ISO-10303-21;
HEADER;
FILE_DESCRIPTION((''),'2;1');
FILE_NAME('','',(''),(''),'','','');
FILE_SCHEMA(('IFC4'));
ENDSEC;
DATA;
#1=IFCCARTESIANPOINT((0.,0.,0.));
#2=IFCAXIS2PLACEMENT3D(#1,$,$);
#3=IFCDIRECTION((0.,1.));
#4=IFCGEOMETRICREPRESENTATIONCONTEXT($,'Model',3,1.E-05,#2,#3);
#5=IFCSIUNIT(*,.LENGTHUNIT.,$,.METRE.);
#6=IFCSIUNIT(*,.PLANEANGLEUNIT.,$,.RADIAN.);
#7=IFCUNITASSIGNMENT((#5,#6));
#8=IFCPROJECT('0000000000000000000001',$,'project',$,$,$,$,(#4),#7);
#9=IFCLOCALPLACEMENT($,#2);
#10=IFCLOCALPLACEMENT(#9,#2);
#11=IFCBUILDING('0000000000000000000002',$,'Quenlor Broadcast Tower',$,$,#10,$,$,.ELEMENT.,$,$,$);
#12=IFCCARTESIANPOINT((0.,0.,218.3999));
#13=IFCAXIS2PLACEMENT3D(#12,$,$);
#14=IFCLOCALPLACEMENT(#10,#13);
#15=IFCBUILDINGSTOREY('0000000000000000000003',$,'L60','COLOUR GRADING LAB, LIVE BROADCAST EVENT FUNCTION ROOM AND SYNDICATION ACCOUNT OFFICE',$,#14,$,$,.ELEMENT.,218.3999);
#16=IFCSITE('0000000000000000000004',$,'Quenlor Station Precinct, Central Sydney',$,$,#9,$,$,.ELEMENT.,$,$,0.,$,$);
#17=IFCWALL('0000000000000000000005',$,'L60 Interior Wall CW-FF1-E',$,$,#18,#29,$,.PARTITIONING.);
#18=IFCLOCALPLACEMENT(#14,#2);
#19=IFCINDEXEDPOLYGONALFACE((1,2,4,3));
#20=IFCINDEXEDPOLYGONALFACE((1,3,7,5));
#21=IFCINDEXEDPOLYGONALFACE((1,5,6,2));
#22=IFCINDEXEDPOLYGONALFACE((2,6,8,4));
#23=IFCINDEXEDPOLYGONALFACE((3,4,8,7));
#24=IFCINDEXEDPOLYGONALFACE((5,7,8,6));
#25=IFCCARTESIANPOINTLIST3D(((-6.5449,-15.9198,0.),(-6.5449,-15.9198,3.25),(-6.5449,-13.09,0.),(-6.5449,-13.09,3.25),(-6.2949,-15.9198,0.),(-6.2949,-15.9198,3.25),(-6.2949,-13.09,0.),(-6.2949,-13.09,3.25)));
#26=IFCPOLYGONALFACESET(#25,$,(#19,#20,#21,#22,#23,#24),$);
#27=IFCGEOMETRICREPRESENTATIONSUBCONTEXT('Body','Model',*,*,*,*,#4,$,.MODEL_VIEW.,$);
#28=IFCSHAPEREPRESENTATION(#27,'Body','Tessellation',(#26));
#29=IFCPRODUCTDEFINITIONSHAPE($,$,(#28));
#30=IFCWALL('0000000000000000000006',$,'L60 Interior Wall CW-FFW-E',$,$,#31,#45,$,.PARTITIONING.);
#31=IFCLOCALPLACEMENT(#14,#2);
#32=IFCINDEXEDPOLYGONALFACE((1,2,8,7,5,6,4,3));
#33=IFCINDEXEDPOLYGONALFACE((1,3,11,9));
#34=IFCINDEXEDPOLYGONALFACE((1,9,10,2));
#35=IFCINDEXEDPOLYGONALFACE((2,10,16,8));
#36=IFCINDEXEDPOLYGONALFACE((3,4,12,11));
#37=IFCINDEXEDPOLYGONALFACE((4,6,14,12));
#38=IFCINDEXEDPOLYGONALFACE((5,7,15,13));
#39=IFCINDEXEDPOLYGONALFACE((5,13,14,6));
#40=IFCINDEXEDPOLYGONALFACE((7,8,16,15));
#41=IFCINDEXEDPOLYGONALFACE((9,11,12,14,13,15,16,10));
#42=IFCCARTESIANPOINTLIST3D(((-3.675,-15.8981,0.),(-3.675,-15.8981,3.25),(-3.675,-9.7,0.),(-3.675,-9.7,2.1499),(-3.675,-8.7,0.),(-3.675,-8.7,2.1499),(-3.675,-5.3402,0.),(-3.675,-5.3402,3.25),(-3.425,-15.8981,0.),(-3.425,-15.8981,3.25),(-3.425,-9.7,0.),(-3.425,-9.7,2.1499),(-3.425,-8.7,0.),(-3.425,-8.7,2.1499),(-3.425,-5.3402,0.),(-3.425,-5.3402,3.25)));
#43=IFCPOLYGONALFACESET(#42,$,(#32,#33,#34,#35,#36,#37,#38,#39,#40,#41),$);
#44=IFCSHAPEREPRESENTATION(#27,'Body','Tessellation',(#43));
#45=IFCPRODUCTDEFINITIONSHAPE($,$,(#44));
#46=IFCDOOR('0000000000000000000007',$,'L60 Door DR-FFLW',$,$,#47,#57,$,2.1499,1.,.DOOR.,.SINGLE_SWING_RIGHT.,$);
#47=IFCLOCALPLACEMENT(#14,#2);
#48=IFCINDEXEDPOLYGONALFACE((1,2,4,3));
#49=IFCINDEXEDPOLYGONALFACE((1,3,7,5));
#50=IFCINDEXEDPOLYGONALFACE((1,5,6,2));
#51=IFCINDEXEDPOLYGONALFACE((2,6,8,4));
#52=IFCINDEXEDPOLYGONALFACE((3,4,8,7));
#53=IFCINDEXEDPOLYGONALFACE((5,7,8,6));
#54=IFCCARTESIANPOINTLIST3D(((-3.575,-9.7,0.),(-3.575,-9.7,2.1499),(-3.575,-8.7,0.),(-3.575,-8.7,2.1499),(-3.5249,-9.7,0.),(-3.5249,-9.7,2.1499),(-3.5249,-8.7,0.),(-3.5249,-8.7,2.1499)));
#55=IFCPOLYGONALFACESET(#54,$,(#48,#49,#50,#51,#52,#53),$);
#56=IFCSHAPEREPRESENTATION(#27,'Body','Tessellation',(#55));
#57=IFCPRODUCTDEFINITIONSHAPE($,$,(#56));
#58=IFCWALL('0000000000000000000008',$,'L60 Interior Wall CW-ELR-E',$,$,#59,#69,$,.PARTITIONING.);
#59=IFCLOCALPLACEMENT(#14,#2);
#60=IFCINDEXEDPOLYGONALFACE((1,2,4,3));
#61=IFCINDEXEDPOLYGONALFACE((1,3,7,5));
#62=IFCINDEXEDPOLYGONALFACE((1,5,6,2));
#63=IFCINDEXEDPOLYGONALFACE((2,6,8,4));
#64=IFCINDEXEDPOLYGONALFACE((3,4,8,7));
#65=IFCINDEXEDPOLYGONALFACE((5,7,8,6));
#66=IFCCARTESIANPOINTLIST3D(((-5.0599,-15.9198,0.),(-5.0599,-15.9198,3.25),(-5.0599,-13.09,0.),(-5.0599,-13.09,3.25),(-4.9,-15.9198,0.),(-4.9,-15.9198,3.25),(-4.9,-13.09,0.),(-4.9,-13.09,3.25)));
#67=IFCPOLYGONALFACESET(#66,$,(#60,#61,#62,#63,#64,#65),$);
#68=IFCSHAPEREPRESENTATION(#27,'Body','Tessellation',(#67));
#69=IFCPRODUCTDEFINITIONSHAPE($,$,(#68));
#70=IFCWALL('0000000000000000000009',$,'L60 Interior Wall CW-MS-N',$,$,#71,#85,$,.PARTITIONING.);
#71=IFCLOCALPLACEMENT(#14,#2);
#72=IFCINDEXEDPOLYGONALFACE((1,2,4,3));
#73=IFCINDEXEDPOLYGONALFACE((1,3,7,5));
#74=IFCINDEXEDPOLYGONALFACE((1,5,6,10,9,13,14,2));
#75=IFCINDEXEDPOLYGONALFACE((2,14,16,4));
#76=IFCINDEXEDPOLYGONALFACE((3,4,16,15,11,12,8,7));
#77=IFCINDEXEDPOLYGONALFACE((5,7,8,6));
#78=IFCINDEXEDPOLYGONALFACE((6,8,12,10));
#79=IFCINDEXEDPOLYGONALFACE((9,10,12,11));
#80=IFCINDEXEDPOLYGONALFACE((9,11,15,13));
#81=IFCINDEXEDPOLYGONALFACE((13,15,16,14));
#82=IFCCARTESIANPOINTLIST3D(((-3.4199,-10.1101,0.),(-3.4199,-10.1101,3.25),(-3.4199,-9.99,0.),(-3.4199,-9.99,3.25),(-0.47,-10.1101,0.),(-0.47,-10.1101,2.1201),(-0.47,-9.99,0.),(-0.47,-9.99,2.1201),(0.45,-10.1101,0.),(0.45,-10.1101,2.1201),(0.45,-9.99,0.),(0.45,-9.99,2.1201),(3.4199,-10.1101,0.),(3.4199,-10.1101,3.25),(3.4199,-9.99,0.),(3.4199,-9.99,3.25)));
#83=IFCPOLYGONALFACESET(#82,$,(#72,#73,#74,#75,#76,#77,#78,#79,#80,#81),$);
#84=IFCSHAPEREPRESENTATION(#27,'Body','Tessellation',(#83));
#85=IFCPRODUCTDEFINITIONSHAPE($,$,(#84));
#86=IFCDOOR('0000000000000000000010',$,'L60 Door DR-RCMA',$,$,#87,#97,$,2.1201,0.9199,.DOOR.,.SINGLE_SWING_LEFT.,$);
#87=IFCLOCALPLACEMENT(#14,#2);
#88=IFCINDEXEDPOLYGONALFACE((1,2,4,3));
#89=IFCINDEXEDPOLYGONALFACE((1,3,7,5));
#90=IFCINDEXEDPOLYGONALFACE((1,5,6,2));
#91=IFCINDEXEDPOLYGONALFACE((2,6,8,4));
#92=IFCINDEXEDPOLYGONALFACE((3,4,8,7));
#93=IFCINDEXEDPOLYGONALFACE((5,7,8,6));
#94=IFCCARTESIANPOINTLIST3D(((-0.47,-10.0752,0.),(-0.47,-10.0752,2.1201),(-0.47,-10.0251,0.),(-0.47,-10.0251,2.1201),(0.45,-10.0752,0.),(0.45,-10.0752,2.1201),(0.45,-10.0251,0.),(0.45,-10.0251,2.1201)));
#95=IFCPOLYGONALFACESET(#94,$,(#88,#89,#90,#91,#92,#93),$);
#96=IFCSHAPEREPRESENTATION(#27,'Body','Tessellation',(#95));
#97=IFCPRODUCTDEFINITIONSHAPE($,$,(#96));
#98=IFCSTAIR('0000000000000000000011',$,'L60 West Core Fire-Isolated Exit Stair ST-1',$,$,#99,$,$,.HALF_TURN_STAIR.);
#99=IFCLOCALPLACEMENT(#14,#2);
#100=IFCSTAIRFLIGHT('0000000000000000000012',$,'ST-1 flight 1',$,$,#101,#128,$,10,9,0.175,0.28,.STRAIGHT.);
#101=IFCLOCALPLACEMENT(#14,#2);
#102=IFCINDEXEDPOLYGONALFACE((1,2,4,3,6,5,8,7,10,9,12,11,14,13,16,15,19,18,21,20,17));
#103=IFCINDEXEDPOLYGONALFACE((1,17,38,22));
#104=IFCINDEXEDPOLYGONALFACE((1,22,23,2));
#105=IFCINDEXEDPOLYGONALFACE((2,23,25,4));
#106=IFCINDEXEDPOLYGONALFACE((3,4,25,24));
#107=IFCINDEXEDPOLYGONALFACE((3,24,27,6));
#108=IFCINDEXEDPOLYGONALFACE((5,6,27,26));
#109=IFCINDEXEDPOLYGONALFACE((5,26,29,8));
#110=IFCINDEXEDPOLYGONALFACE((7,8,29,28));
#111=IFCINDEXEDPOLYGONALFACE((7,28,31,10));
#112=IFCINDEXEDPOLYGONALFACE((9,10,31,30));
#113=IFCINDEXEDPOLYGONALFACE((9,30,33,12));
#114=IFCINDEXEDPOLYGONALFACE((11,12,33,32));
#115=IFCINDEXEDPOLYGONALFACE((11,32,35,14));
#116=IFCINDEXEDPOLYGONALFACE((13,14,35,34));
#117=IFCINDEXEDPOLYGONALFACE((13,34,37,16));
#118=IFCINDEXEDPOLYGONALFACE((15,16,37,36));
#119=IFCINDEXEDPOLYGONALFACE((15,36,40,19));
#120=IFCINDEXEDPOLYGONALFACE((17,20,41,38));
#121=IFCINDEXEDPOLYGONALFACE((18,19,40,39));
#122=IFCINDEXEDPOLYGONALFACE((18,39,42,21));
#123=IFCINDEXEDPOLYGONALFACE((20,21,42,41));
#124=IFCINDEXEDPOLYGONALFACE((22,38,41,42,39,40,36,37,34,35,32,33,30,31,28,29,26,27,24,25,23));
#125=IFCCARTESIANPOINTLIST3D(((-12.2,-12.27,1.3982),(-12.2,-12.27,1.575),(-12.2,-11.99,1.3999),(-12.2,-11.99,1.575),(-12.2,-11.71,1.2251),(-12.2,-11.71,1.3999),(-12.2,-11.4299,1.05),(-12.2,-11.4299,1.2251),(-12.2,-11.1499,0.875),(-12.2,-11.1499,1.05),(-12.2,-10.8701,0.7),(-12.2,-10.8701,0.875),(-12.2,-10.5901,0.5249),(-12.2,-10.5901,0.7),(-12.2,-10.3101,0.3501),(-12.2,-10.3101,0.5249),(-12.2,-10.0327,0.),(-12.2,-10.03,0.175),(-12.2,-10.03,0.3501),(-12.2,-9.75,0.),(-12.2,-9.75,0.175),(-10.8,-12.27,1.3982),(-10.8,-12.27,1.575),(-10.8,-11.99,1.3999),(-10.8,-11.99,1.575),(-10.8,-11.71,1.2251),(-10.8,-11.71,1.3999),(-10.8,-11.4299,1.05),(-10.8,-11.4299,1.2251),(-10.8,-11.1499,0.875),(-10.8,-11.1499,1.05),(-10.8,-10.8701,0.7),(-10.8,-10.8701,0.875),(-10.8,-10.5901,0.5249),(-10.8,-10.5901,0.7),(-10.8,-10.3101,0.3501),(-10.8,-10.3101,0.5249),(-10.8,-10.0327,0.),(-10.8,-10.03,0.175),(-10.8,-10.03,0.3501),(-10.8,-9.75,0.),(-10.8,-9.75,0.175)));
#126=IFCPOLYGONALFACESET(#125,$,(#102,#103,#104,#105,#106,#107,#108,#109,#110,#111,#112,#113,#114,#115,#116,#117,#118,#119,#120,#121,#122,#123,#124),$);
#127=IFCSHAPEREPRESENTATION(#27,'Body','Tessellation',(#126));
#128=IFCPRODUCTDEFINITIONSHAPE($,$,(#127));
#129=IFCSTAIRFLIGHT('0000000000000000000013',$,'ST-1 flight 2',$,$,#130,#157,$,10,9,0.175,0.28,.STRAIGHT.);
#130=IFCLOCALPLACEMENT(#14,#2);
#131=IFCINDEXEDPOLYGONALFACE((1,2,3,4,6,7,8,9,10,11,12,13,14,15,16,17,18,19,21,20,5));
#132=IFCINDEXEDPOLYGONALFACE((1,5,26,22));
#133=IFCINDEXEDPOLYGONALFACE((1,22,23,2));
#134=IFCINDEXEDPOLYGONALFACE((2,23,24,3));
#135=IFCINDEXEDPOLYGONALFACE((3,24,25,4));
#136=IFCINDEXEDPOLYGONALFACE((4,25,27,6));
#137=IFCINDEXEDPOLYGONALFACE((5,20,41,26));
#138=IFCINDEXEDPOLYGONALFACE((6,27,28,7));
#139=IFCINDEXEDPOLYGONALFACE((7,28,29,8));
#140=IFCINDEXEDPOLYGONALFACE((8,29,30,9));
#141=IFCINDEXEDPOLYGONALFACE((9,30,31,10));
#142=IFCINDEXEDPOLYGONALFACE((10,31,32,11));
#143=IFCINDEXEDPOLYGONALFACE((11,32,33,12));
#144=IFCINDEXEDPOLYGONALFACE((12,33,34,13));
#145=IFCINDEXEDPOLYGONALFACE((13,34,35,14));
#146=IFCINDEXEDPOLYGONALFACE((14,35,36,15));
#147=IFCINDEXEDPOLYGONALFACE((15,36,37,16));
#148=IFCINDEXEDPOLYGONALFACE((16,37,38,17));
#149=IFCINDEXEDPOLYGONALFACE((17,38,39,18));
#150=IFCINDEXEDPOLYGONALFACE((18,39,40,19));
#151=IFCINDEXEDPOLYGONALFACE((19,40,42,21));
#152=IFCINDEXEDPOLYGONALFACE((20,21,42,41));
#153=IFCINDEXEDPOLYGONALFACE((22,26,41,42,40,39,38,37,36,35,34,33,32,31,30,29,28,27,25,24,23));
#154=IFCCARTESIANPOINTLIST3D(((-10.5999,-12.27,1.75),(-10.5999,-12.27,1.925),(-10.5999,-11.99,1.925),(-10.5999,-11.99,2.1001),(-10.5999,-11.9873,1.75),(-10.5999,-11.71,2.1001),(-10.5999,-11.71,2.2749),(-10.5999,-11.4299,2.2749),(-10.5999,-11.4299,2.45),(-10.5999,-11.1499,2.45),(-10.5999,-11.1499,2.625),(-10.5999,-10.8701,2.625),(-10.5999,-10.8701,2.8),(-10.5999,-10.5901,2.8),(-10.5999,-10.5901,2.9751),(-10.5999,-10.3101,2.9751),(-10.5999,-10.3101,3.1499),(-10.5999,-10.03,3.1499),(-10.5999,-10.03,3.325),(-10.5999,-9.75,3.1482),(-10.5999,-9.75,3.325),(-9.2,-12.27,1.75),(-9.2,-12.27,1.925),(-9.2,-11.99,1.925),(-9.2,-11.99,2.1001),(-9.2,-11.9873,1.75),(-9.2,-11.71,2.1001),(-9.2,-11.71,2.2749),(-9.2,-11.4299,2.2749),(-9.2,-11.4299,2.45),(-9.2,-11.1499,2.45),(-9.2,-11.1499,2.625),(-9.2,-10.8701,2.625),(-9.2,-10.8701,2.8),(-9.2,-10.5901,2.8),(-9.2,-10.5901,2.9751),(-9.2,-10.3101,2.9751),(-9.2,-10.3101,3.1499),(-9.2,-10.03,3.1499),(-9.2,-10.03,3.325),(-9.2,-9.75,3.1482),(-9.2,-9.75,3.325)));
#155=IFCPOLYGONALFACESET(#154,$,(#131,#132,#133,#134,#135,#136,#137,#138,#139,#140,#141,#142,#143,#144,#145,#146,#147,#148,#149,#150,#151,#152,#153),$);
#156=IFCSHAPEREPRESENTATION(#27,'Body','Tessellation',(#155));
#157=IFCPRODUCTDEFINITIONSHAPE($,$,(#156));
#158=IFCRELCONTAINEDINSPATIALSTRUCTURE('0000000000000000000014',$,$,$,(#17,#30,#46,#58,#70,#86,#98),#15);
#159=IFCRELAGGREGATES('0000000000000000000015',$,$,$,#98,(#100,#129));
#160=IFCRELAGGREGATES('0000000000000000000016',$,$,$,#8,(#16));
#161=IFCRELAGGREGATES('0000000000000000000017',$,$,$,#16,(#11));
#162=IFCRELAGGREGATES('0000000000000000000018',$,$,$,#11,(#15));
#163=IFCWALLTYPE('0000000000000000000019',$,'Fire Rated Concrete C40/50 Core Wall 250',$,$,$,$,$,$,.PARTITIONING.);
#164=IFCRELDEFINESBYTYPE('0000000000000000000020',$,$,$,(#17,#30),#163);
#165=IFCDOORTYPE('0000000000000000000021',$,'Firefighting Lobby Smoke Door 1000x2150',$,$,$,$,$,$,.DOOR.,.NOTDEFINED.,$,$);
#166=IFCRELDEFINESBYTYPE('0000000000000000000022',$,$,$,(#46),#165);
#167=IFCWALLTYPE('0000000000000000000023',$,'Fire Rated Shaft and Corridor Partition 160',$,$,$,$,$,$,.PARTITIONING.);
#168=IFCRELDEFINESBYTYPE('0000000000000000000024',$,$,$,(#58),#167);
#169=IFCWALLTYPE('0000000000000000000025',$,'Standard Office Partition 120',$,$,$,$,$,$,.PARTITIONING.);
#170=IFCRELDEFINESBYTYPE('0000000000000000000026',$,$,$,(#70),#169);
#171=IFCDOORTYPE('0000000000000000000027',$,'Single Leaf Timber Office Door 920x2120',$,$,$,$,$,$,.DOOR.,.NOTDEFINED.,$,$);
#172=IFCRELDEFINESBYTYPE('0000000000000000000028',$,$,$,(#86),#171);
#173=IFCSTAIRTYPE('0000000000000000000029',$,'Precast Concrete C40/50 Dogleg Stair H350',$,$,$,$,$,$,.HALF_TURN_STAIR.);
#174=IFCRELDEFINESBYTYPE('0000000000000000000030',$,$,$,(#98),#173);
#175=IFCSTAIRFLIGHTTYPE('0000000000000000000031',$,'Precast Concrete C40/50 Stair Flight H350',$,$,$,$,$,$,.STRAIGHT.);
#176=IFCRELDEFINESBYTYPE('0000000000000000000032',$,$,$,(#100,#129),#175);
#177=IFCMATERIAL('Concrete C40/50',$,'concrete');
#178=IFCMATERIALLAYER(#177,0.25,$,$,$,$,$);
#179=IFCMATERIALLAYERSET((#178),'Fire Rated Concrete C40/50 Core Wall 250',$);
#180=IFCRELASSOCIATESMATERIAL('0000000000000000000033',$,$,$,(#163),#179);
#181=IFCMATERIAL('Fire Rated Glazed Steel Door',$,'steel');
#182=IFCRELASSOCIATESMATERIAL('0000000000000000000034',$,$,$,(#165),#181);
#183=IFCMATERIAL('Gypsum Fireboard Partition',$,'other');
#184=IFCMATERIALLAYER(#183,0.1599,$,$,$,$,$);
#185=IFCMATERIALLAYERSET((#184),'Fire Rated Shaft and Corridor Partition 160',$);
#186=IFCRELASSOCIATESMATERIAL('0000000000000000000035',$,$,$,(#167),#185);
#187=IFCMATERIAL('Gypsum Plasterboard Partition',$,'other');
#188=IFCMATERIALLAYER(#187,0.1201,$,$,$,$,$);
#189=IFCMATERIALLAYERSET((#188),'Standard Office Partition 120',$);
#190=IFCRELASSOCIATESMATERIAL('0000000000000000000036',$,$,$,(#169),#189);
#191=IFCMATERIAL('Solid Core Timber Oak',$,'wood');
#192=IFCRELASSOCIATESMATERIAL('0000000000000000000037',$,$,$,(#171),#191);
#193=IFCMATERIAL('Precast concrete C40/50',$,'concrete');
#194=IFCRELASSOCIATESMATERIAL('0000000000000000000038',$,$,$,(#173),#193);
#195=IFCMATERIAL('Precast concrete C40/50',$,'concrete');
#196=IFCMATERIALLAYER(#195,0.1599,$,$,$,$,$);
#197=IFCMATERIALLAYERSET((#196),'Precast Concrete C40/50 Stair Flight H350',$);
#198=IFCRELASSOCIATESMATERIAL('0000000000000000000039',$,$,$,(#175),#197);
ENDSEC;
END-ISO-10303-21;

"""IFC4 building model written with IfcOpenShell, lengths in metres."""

from ifc_helpers import new_model, si_unit, direction, frame, frame_2d, origin, place, context, subcontext, project, spatial, polyline, rectangle, outline, extrude, material, layer, layer_set, type_object, element, fill, aggregate, save


model = new_model("IFC4")

# Units and contexts
model_context = context("Model", 3, precision=1e-05, world=origin(), true_north=direction((0.0, 1.0)))
body_context = subcontext(model_context, "Body", "Model", "MODEL_VIEW")
ifc_project = project(units=[si_unit("LENGTHUNIT", "METRE"), si_unit("PLANEANGLEUNIT", "RADIAN")], contexts=[model_context])

# Site, building, storey
site_placement = place(None, origin())
site = spatial("IfcSite", under=ifc_project, at=site_placement, Name="Quenlor Station Precinct, Central Sydney", CompositionType="ELEMENT", RefElevation=0.0)
building_placement = place(site_placement, origin())
building = spatial("IfcBuilding", under=site, at=building_placement, Name="Quenlor Broadcast Tower", CompositionType="ELEMENT")
storey_placement = place(building_placement, frame((0.0, 0.0, 218.3999)))
storey = spatial("IfcBuildingStorey", under=building, at=storey_placement, Name="L60", Description="COLOUR GRADING LAB, LIVE BROADCAST EVENT FUNCTION ROOM AND SYNDICATION ACCOUNT OFFICE", CompositionType="ELEMENT", Elevation=218.3999)

# Shared definitions
ifc_material_1 = material(Name="Concrete C40/50", Category="concrete")
ifc_layer_1 = layer(ifc_material_1, 0.25)
ifc_layer_set_1 = layer_set([ifc_layer_1], Name="Fire Rated Concrete C40/50 Core Wall 250")
wall_type_1 = type_object("IfcWallType", Name="Fire Rated Concrete C40/50 Core Wall 250", PredefinedType="PARTITIONING", material=ifc_layer_set_1)

# Wall
wall_1_placement = place(storey_placement, frame((-6.4199, -15.9199, 0.0), z_axis=(0.0, 0.0, 1.0), x_axis=(0.0, 1.0, 0.0)))
element("IfcWall", 1, at=wall_1_placement, inside=storey, type_object=wall_type_1, Name="L60 Interior Wall CW-FF1-E", PredefinedType="PARTITIONING", context=body_context, shape_type="SweptSolid", body=[
    extrude(rectangle(XDim=2.8298, YDim=0.25, at=frame_2d((1.415, 0.0))), origin(), (0.0, 0.0, 1.0), 3.25),
])

# Wall, opening, door
wall_2_placement = place(storey_placement, frame((-3.55, -15.8979, 0.0), z_axis=(0.0, 0.0, 1.0), x_axis=(0.0, 1.0, 0.0)))
wall_2 = element("IfcWall", 2, at=wall_2_placement, inside=storey, type_object=wall_type_1, Name="L60 Interior Wall CW-FFW-E", PredefinedType="PARTITIONING", context=body_context, shape_type="SweptSolid", body=[
    extrude(rectangle(XDim=10.5579, YDim=0.25, at=frame_2d((5.2788, 0.0))), origin(), (0.0, 0.0, 1.0), 3.25),
])
opening_1_placement = place(wall_2_placement, frame((6.198, 0.0, 0.0)))
opening_1 = element("IfcOpeningElement", 3, at=opening_1_placement, cuts=wall_2, PredefinedType="OPENING", context=body_context, shape_type="SweptSolid", body=[
    extrude(rectangle(XDim=1.0, YDim=2.1499, at=frame_2d((0.5, 1.075))), frame((0.0, 0.135, 0.0), z_axis=(0.0, -1.0, 0.0), x_axis=(1.0, 0.0, 0.0)), (0.0, 0.0, 1.0), 0.27),
])
ifc_material_2 = material(Name="Fire Rated Glazed Steel Door", Category="steel")
door_type_1 = type_object("IfcDoorType", Name="Firefighting Lobby Smoke Door 1000x2150", OperationType="NOTDEFINED", PredefinedType="DOOR", material=ifc_material_2)
door_1_placement = place(opening_1_placement, origin())
door_1 = element("IfcDoor", 4, at=door_1_placement, inside=storey, type_object=door_type_1, Name="L60 Door DR-FFLW", OperationType="SINGLE_SWING_RIGHT", OverallHeight=2.1499, OverallWidth=1.0, PredefinedType="DOOR", context=body_context, shape_type="SweptSolid", body=[
    extrude(rectangle(XDim=1.0, YDim=2.1499, at=frame_2d((0.5, 1.075))), frame((0.0, 0.0249, 0.0), z_axis=(0.0, -1.0, 0.0), x_axis=(1.0, 0.0, 0.0)), (0.0, 0.0, 1.0), 0.05),
])
fill(opening_1, door_1)

# Wall
ifc_material_3 = material(Name="Gypsum Fireboard Partition", Category="other")
ifc_layer_2 = layer(ifc_material_3, 0.1599)
ifc_layer_set_2 = layer_set([ifc_layer_2], Name="Fire Rated Shaft and Corridor Partition 160")
wall_type_2 = type_object("IfcWallType", Name="Fire Rated Shaft and Corridor Partition 160", PredefinedType="PARTITIONING", material=ifc_layer_set_2)
wall_3_placement = place(storey_placement, frame((-4.98, -15.9199, 0.0), z_axis=(0.0, 0.0, 1.0), x_axis=(0.0, 1.0, 0.0)))
element("IfcWall", 5, at=wall_3_placement, inside=storey, type_object=wall_type_2, Name="L60 Interior Wall CW-ELR-E", PredefinedType="PARTITIONING", context=body_context, shape_type="SweptSolid", body=[
    extrude(rectangle(XDim=2.8298, YDim=0.1599, at=frame_2d((1.415, 0.0))), origin(), (0.0, 0.0, 1.0), 3.25),
])

# Wall, opening, door
ifc_material_4 = material(Name="Gypsum Plasterboard Partition", Category="other")
ifc_layer_3 = layer(ifc_material_4, 0.1201)
ifc_layer_set_3 = layer_set([ifc_layer_3], Name="Standard Office Partition 120")
wall_type_3 = type_object("IfcWallType", Name="Standard Office Partition 120", PredefinedType="PARTITIONING", material=ifc_layer_set_3)
wall_4_placement = place(storey_placement, frame((-3.4199, -10.05, 0.0), z_axis=(0.0, 0.0, 1.0), x_axis=(1.0, 0.0, 0.0)))
wall_4 = element("IfcWall", 6, at=wall_4_placement, inside=storey, type_object=wall_type_3, Name="L60 Interior Wall CW-MS-N", PredefinedType="PARTITIONING", context=body_context, shape_type="SweptSolid", body=[
    extrude(rectangle(XDim=6.8398, YDim=0.1201, at=frame_2d((3.4199, 0.0))), origin(), (0.0, 0.0, 1.0), 3.25),
])
opening_2_placement = place(wall_4_placement, frame((2.95, 0.0, 0.0)))
opening_2 = element("IfcOpeningElement", 7, at=opening_2_placement, cuts=wall_4, PredefinedType="OPENING", context=body_context, shape_type="SweptSolid", body=[
    extrude(rectangle(XDim=0.9199, YDim=2.1201, at=frame_2d((0.46, 1.0601))), frame((0.0, 0.0701, 0.0), z_axis=(0.0, -1.0, 0.0), x_axis=(1.0, 0.0, 0.0)), (0.0, 0.0, 1.0), 0.1401),
])
ifc_material_5 = material(Name="Solid Core Timber Oak", Category="wood")
door_type_2 = type_object("IfcDoorType", Name="Single Leaf Timber Office Door 920x2120", OperationType="NOTDEFINED", PredefinedType="DOOR", material=ifc_material_5)
door_2_placement = place(opening_2_placement, origin())
door_2 = element("IfcDoor", 8, at=door_2_placement, inside=storey, type_object=door_type_2, Name="L60 Door DR-RCMA", OperationType="SINGLE_SWING_LEFT", OverallHeight=2.1201, OverallWidth=0.9199, PredefinedType="DOOR", context=body_context, shape_type="SweptSolid", body=[
    extrude(rectangle(XDim=0.9199, YDim=2.1201, at=frame_2d((0.46, 1.0601))), frame((0.0, 0.0249, 0.0), z_axis=(0.0, -1.0, 0.0), x_axis=(1.0, 0.0, 0.0)), (0.0, 0.0, 1.0), 0.05),
])
fill(opening_2, door_2)

# Stair, stair flights
ifc_material_6 = material(Name="Precast concrete C40/50", Category="concrete")
stair_type = type_object("IfcStairType", Name="Precast Concrete C40/50 Dogleg Stair H350", PredefinedType="HALF_TURN_STAIR", material=ifc_material_6)
stair_placement = place(storey_placement, origin())
stair = element("IfcStair", 9, at=stair_placement, inside=storey, type_object=stair_type, Name="L60 West Core Fire-Isolated Exit Stair ST-1", PredefinedType="HALF_TURN_STAIR")
ifc_material_7 = material(Name="Precast concrete C40/50", Category="concrete")
ifc_layer_4 = layer(ifc_material_7, 0.1599)
ifc_layer_set_4 = layer_set([ifc_layer_4], Name="Precast Concrete C40/50 Stair Flight H350")
stair_flight_type = type_object("IfcStairFlightType", Name="Precast Concrete C40/50 Stair Flight H350", PredefinedType="STRAIGHT", material=ifc_layer_set_4)
stair_flight_1_placement = place(storey_placement, frame((-11.5, -9.75, 0.0), z_axis=(0.0, 0.0, 1.0), x_axis=(0.0, -1.0, 0.0)))
stair_flight_1 = element("IfcStairFlight", 10, at=stair_flight_1_placement, type_object=stair_flight_type, Name="ST-1 flight 1", NumberOfRisers=10, NumberOfTreads=9, PredefinedType="STRAIGHT", RiserHeight=0.175, TreadLength=0.28, context=body_context, shape_type="SweptSolid", body=[
    extrude(outline(polyline([(0.0, 0.0), (0.0, 0.175), (0.28, 0.175), (0.28, 0.3501), (0.5601, 0.3501), (0.5601, 0.5249), (0.8401, 0.5249), (0.8401, 0.7), (1.1201, 0.7), (1.1201, 0.875), (1.3999, 0.875), (1.3999, 1.05), (1.6799, 1.05), (1.6799, 1.2251), (1.96, 1.2251), (1.96, 1.3999), (2.24, 1.3999), (2.24, 1.575), (2.52, 1.575), (2.52, 1.75), (2.52, 1.3982), (0.2827, 0.0), (0.0, 0.0)])), frame((0.0, 0.7, 0.0), z_axis=(0.0, -1.0, 0.0), x_axis=(1.0, 0.0, 0.0)), (0.0, 0.0, 1.0), 1.3999),
])
stair_flight_2_placement = place(storey_placement, frame((-9.8999, -12.27, 1.75), z_axis=(0.0, 0.0, 1.0), x_axis=(0.0, 1.0, 0.0)))
stair_flight_2 = element("IfcStairFlight", 11, at=stair_flight_2_placement, type_object=stair_flight_type, Name="ST-1 flight 2", NumberOfRisers=10, NumberOfTreads=9, PredefinedType="STRAIGHT", RiserHeight=0.175, TreadLength=0.28, context=body_context, shape_type="SweptSolid", body=[
    extrude(outline(polyline([(0.0, 0.0), (0.0, 0.175), (0.28, 0.175), (0.28, 0.3501), (0.5601, 0.3501), (0.5601, 0.5249), (0.8401, 0.5249), (0.8401, 0.7), (1.1201, 0.7), (1.1201, 0.875), (1.3999, 0.875), (1.3999, 1.05), (1.6799, 1.05), (1.6799, 1.2251), (1.96, 1.2251), (1.96, 1.3999), (2.24, 1.3999), (2.24, 1.575), (2.52, 1.575), (2.52, 1.75), (2.52, 1.3982), (0.2827, 0.0), (0.0, 0.0)])), frame((0.0, 0.7, 0.0), z_axis=(0.0, -1.0, 0.0), x_axis=(1.0, 0.0, 0.0)), (0.0, 0.0, 1.0), 1.3999),
])
aggregate(stair, [stair_flight_1, stair_flight_2])

save(model, "model.ifc")
